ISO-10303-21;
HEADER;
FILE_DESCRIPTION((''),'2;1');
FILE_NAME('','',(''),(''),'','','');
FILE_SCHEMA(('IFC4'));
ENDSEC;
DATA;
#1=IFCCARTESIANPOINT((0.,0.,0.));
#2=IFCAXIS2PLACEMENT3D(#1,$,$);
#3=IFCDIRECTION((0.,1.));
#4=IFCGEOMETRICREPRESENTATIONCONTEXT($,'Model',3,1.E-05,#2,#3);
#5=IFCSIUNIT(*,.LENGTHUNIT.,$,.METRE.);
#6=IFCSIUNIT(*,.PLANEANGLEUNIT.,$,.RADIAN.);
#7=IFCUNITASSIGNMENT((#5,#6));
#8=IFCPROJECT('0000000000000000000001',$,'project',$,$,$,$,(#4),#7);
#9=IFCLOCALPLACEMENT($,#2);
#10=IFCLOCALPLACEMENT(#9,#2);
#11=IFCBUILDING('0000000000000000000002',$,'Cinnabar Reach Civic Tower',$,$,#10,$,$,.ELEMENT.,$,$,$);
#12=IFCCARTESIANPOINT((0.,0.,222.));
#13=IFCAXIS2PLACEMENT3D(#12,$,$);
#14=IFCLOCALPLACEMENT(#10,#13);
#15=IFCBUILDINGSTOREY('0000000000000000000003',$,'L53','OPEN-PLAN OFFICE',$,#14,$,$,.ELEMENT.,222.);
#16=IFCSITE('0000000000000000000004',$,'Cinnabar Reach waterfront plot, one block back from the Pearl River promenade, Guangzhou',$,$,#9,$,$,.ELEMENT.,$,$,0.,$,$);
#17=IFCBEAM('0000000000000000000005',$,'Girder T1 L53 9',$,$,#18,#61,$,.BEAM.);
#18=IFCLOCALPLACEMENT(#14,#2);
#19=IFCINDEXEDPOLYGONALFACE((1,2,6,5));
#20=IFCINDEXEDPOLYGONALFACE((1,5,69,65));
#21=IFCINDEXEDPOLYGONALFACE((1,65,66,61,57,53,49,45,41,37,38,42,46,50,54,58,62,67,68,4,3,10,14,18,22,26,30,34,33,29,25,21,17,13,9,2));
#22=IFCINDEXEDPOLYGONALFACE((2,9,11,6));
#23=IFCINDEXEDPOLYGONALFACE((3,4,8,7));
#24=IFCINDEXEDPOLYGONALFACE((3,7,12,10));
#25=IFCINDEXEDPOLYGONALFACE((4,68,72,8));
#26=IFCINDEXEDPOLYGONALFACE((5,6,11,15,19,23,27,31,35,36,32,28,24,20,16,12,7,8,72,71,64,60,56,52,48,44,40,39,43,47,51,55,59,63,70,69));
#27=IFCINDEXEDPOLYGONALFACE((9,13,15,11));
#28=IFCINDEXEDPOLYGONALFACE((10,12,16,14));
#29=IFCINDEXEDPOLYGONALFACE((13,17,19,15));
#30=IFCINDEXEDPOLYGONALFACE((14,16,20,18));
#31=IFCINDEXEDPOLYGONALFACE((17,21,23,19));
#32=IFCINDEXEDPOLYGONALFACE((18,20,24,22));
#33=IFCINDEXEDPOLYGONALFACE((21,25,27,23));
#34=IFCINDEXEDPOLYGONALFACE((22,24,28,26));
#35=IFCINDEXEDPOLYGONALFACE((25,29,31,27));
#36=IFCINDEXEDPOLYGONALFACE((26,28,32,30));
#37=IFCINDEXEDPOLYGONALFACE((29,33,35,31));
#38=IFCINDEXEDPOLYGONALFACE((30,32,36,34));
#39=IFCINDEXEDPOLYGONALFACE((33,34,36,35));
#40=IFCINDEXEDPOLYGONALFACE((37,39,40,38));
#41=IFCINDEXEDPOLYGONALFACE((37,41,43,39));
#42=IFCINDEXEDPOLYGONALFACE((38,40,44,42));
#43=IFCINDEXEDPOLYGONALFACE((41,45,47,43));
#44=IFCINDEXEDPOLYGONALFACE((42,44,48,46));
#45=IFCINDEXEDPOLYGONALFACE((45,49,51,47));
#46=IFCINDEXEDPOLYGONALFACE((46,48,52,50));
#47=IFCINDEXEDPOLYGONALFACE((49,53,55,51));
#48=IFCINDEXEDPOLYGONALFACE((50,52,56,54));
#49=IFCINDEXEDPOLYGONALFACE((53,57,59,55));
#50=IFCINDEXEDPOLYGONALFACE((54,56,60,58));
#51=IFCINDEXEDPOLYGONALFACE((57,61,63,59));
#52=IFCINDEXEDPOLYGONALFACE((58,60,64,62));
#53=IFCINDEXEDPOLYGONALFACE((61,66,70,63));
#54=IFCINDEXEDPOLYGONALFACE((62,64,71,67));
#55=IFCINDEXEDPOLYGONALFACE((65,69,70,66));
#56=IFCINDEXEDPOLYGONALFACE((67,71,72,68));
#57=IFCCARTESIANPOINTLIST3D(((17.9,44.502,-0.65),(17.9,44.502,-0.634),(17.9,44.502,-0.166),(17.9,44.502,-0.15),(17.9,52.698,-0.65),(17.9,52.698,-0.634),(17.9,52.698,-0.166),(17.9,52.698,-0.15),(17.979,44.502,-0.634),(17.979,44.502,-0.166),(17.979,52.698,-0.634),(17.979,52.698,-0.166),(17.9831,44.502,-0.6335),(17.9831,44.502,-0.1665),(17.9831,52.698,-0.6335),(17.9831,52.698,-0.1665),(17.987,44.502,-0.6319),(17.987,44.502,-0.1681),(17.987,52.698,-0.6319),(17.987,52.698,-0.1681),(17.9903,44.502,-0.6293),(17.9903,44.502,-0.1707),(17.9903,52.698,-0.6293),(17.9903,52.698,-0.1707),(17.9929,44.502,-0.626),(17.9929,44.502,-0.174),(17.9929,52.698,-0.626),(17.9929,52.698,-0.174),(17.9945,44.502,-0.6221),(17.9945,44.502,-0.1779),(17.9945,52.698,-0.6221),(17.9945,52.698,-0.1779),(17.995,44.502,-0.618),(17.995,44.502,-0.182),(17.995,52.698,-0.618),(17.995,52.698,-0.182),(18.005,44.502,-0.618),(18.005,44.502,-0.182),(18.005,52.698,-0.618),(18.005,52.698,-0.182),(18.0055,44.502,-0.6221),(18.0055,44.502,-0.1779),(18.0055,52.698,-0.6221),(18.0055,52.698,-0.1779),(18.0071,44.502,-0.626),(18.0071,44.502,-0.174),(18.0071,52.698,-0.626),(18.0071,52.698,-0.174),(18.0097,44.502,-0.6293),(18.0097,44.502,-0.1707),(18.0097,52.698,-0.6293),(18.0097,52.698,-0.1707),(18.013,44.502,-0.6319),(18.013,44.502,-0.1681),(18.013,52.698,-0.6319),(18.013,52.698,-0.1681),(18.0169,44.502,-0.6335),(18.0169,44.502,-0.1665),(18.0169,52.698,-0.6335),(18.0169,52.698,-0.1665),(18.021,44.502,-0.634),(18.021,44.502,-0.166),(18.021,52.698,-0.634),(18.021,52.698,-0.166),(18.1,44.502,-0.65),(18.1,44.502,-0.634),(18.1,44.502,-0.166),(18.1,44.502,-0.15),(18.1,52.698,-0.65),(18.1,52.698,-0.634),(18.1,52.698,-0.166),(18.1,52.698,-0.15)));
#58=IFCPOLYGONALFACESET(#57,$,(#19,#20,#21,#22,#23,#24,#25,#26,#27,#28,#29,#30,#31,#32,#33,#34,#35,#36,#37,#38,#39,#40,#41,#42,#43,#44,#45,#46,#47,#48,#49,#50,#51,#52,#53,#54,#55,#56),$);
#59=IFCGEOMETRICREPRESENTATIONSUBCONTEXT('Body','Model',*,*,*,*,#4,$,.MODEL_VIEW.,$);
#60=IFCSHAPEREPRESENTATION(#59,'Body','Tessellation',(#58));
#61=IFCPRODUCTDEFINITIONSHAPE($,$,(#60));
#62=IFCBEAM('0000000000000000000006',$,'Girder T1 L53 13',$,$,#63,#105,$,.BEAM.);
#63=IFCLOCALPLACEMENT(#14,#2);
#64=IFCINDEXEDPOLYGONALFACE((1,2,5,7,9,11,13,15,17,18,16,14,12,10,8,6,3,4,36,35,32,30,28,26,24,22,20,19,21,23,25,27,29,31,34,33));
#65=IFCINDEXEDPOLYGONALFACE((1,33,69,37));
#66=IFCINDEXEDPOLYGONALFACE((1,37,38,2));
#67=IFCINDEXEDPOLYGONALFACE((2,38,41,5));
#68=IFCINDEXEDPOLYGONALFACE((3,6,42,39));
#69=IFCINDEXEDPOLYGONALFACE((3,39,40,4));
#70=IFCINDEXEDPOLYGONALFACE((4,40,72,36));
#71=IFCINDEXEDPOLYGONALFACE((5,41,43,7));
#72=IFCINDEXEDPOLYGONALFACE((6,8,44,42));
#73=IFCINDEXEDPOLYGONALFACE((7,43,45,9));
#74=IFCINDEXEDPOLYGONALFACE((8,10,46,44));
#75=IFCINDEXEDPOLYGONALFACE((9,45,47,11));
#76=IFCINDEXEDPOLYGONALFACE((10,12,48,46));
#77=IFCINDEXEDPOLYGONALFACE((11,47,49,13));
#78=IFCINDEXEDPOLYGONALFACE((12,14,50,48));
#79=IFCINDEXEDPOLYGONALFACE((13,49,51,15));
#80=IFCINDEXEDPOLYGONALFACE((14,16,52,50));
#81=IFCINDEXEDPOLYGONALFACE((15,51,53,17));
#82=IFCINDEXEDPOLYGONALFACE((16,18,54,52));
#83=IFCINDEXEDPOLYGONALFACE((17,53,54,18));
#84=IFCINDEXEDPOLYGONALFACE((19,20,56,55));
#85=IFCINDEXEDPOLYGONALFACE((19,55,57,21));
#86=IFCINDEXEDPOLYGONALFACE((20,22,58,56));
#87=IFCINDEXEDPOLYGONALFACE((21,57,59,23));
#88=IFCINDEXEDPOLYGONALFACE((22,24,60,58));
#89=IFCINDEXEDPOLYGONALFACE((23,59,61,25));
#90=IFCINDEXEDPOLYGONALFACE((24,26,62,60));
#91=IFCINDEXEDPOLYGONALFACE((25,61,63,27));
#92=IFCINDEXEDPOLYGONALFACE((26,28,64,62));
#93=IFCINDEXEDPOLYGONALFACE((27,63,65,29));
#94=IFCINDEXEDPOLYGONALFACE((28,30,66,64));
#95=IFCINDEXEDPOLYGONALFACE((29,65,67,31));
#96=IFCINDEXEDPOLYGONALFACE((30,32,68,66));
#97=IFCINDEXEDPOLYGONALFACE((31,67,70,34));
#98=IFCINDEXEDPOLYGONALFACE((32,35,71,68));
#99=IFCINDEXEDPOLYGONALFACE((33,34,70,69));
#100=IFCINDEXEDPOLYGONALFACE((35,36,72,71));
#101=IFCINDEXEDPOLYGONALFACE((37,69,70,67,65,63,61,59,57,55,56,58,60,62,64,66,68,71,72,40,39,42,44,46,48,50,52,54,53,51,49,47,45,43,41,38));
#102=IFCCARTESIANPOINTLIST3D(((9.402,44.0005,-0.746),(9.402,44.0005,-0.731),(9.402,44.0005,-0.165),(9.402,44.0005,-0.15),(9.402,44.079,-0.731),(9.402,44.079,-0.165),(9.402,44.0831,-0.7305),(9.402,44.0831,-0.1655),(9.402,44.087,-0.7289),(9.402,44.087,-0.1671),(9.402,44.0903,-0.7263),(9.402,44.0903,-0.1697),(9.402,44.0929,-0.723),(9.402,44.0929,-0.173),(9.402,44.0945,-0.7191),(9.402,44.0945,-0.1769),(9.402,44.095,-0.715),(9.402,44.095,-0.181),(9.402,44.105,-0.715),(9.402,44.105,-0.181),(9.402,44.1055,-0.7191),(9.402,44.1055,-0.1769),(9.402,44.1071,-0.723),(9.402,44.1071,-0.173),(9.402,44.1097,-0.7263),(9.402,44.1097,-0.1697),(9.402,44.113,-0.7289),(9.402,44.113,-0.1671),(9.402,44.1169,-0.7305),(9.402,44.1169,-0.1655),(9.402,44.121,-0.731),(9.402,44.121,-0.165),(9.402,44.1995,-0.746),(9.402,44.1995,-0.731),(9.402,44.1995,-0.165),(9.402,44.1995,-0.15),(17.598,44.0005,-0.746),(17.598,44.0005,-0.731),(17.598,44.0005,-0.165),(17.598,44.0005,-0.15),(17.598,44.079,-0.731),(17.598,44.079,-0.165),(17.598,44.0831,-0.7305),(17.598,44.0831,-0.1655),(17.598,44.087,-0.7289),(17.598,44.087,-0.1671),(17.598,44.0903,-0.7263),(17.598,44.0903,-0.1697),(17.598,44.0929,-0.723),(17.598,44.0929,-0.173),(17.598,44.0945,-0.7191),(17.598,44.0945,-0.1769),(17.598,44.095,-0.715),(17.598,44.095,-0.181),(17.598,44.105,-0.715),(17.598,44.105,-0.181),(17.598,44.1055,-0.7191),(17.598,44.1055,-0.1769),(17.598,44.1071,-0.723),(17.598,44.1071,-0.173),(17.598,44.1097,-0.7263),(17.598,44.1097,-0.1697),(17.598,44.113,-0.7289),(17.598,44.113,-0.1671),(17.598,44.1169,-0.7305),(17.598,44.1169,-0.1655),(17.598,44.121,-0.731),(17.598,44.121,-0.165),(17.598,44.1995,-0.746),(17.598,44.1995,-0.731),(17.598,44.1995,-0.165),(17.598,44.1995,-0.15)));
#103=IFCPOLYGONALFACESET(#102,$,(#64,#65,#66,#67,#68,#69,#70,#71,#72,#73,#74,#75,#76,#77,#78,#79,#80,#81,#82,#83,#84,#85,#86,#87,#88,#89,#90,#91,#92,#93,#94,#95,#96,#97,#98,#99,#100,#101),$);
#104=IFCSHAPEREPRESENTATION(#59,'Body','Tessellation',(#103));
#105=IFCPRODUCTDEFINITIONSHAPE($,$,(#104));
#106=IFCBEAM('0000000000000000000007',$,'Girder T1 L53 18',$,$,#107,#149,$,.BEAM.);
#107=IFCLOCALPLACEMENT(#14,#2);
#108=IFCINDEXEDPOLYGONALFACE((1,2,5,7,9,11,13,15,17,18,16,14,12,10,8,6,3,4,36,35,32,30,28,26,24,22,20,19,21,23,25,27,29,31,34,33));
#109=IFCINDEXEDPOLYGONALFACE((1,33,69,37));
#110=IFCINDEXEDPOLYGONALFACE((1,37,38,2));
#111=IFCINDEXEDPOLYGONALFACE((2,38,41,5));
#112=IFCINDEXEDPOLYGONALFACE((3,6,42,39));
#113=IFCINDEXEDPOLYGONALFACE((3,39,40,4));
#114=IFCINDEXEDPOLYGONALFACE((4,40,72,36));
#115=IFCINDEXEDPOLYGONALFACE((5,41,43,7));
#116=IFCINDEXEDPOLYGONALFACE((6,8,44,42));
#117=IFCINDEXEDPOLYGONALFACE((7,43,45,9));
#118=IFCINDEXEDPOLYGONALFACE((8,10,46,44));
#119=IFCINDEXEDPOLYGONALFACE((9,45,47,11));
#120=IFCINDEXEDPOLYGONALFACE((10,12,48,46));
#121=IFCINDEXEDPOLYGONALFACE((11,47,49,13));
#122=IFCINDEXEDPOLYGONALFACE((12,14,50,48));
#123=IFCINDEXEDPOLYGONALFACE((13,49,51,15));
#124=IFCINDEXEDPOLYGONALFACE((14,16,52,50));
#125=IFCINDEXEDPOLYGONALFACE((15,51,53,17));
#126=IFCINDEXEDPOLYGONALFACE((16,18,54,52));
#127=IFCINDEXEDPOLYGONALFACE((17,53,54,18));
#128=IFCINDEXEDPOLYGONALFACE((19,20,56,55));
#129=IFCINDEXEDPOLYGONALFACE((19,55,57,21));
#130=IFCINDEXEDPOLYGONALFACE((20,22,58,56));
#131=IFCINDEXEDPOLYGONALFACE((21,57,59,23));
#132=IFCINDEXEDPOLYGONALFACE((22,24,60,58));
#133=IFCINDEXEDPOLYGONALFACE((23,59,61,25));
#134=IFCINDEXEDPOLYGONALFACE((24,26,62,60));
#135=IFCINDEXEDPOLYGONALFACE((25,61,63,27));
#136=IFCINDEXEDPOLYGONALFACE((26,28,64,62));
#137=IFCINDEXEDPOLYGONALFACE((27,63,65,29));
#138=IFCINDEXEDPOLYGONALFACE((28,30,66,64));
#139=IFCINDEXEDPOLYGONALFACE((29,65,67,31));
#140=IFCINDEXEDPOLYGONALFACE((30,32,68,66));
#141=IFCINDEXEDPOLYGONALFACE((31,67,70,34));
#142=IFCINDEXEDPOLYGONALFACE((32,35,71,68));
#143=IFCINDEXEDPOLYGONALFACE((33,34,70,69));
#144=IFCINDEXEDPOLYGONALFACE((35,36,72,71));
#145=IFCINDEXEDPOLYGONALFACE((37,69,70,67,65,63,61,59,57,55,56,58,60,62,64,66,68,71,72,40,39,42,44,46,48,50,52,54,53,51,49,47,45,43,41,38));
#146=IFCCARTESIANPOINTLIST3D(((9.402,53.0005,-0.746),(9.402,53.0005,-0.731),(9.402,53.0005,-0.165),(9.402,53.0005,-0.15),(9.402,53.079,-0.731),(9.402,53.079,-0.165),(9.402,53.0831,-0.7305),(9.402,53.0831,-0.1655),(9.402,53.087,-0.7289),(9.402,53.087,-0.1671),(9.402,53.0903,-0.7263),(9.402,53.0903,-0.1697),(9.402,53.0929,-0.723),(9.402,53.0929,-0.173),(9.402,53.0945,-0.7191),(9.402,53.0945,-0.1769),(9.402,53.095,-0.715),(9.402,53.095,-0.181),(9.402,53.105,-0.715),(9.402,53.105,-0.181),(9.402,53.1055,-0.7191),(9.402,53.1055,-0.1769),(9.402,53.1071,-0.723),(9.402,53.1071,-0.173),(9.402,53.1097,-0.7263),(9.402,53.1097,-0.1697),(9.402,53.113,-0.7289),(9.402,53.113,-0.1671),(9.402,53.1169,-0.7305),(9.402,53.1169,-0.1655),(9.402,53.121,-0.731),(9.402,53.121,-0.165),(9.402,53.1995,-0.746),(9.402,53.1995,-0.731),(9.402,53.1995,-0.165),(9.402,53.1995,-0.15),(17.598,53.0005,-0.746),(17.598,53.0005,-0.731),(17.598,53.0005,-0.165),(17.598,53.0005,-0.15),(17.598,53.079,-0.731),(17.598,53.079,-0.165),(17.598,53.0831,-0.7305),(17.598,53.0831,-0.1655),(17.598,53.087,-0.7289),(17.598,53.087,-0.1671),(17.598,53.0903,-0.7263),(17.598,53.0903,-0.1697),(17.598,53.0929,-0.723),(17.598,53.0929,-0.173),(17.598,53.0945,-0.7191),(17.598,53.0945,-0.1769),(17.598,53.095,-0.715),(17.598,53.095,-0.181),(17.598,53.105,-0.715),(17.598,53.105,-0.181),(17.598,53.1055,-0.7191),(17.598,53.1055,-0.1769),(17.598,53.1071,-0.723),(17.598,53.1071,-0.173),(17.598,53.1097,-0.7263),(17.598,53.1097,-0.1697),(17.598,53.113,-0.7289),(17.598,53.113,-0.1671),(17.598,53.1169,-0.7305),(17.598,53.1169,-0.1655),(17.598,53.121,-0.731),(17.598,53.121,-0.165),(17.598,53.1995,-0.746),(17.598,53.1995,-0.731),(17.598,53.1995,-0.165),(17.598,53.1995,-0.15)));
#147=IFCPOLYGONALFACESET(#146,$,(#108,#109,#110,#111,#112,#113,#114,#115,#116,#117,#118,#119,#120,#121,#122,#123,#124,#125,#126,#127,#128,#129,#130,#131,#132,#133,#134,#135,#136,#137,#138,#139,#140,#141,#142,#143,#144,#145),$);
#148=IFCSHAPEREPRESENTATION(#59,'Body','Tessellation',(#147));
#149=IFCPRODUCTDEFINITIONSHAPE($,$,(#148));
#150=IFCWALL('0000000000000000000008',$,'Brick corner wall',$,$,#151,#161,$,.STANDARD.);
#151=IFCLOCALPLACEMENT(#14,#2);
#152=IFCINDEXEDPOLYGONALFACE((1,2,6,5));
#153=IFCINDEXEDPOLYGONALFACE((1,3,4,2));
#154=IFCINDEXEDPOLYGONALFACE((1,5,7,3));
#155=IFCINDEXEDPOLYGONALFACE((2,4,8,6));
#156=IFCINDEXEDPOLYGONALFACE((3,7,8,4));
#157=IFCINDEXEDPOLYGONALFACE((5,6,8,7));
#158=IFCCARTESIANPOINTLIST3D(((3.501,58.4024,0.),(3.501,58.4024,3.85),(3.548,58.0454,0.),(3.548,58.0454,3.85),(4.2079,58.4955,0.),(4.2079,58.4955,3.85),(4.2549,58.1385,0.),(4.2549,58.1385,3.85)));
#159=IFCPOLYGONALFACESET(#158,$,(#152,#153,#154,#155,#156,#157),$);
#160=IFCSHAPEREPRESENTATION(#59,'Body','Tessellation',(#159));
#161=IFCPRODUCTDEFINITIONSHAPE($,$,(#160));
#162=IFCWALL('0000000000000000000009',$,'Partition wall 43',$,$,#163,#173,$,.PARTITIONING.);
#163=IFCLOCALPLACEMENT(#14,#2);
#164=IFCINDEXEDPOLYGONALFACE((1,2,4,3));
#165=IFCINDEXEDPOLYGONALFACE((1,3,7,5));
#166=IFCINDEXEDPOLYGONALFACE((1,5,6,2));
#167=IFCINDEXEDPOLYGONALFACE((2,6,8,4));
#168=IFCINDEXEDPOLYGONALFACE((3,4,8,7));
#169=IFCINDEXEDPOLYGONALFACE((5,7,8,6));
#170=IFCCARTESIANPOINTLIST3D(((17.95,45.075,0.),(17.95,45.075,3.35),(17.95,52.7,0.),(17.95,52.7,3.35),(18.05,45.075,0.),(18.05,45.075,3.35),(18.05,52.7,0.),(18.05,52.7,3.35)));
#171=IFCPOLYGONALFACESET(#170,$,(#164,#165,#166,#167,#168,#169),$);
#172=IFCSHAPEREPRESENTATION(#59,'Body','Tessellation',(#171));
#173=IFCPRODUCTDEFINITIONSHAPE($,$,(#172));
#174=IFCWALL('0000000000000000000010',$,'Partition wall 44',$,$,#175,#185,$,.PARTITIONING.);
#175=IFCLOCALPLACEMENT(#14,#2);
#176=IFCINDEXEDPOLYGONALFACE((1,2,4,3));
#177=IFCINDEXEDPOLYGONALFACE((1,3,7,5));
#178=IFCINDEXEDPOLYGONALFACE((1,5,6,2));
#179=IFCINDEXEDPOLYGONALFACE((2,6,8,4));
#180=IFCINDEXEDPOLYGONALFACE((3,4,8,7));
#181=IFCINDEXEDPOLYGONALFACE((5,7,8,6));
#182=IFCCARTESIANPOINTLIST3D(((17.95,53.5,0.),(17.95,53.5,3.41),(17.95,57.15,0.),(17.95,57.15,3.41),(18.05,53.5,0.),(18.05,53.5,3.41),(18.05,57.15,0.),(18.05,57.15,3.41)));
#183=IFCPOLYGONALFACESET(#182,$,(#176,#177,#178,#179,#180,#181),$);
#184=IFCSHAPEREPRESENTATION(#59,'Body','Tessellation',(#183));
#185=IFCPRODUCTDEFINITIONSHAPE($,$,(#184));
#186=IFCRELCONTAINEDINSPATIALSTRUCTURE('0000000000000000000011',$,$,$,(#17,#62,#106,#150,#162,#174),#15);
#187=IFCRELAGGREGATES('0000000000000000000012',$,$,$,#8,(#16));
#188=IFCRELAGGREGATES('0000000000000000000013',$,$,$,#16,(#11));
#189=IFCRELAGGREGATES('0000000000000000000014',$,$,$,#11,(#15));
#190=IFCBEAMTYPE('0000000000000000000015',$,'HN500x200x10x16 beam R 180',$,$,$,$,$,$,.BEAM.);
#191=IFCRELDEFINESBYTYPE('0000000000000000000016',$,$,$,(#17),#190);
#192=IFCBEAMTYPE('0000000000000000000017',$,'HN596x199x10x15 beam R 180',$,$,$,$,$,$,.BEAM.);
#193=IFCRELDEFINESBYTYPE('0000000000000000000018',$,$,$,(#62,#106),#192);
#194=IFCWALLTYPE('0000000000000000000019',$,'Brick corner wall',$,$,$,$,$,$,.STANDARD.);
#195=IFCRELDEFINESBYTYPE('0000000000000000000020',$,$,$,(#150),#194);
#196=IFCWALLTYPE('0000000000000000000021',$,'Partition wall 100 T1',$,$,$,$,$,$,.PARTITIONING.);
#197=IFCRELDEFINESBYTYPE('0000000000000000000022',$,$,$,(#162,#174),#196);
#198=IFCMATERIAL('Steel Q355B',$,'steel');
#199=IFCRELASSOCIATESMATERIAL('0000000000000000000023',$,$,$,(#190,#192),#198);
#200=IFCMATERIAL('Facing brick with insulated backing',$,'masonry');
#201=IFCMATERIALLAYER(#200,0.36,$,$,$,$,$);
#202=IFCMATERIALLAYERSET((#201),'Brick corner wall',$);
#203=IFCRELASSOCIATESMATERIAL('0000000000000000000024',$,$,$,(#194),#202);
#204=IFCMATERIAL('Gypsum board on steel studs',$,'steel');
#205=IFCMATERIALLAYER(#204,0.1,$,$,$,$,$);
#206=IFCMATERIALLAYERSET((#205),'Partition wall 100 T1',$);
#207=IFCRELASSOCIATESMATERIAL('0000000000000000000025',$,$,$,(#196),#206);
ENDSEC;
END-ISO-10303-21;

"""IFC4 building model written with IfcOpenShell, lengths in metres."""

from ifc_helpers import new_model, si_unit, direction, frame, frame_2d, origin, origin_2d, place, context, subcontext, project, spatial, rectangle, i_section, extrude, material, layer, layer_set, material_profile, profile_set, type_object, element, save


model = new_model("IFC4")

# Units and contexts
model_context = context("Model", 3, precision=1e-05, world=origin(), true_north=direction((0.0, 1.0)))
body_context = subcontext(model_context, "Body", "Model", "MODEL_VIEW")
ifc_project = project(units=[si_unit("LENGTHUNIT", "METRE"), si_unit("PLANEANGLEUNIT", "RADIAN")], contexts=[model_context])

# Site, building, storey
site_placement = place(None, origin())
site = spatial("IfcSite", under=ifc_project, at=site_placement, Name="Cinnabar Reach waterfront plot, one block back from the Pearl River promenade, Guangzhou", CompositionType="ELEMENT", RefElevation=0.0)
building_placement = place(site_placement, origin())
building = spatial("IfcBuilding", under=site, at=building_placement, Name="Cinnabar Reach Civic Tower", CompositionType="ELEMENT")
storey_placement = place(building_placement, frame((0.0, 0.0, 222.0)))
storey = spatial("IfcBuildingStorey", under=building, at=storey_placement, Name="L53", Description="OPEN-PLAN OFFICE", CompositionType="ELEMENT", Elevation=222.0)

# Beams
ifc_material_1 = material(Name="Steel Q355B", Category="steel")
ifc_material_profile_1 = material_profile(ifc_material_1, i_section(OverallWidth=0.2, OverallDepth=0.5, WebThickness=0.01, FlangeThickness=0.016, FilletRadius=0.016, at=origin_2d()), Name="HN500x200x10x16")
ifc_profile_set_1 = profile_set([ifc_material_profile_1], Name="Steel Q355B")
beam_type_1 = type_object("IfcBeamType", Name="HN500x200x10x16 beam R 180", PredefinedType="BEAM", material=ifc_profile_set_1)
for number, where, z_axis, x_axis, name in (
    (1, (18.0, 44.502, -0.4), (0.0, 1.0, 0.0), (-1.0, 0.0, 0.0), "Girder T1 L53 9"),
):
    element("IfcBeam", number, at=place(storey_placement, frame(where, z_axis=z_axis, x_axis=x_axis)), inside=storey, type_object=beam_type_1, Name=name, PredefinedType="BEAM", context=body_context, shape_type="SweptSolid", body=[
        extrude(i_section(OverallWidth=0.2, OverallDepth=0.5, WebThickness=0.01, FlangeThickness=0.016, FilletRadius=0.016, at=origin_2d()), origin(), (0.0, 0.0, 1.0), 8.196),
    ])
ifc_material_profile_2 = material_profile(ifc_material_1, i_section(OverallWidth=0.199, OverallDepth=0.596, WebThickness=0.01, FlangeThickness=0.015, FilletRadius=0.016, at=origin_2d()), Name="HN596x199x10x15")
ifc_profile_set_2 = profile_set([ifc_material_profile_2], Name="Steel Q355B")
beam_type_2 = type_object("IfcBeamType", Name="HN596x199x10x15 beam R 180", PredefinedType="BEAM", material=ifc_profile_set_2)
for number, where, z_axis, x_axis, name in (
    (2, (9.402, 44.1, -0.448), (1.0, 0.0, 0.0), (0.0, 1.0, 0.0), "Girder T1 L53 13"),
    (3, (9.402, 53.1, -0.448), (1.0, 0.0, 0.0), (0.0, 1.0, 0.0), "Girder T1 L53 18"),
):
    element("IfcBeam", number, at=place(storey_placement, frame(where, z_axis=z_axis, x_axis=x_axis)), inside=storey, type_object=beam_type_2, Name=name, PredefinedType="BEAM", context=body_context, shape_type="SweptSolid", body=[
        extrude(i_section(OverallWidth=0.199, OverallDepth=0.596, WebThickness=0.01, FlangeThickness=0.015, FilletRadius=0.016, at=origin_2d()), origin(), (0.0, 0.0, 1.0), 8.196),
    ])

# Walls
ifc_material_2 = material(Name="Facing brick with insulated backing", Category="masonry")
ifc_layer_1 = layer(ifc_material_2, 0.36)
ifc_layer_set_1 = layer_set([ifc_layer_1], Name="Brick corner wall")
wall_type_1 = type_object("IfcWallType", Name="Brick corner wall", PredefinedType="STANDARD", material=ifc_layer_set_1)
wall_1_placement = place(storey_placement, frame((4.2314, 58.317, 0.0), z_axis=(0.0, 0.0, 1.0), x_axis=(-0.991441, -0.130556, 0.0)))
element("IfcWall", 4, at=wall_1_placement, inside=storey, type_object=wall_type_1, Name="Brick corner wall", PredefinedType="STANDARD", context=body_context, shape_type="SweptSolid", body=[
    extrude(rectangle(XDim=0.7131, YDim=0.36, at=frame_2d((0.3565, 0.0))), origin(), (0.0, 0.0, 1.0), 3.85),
])
ifc_material_3 = material(Name="Gypsum board on steel studs", Category="steel")
ifc_layer_2 = layer(ifc_material_3, 0.1)
ifc_layer_set_2 = layer_set([ifc_layer_2], Name="Partition wall 100 T1")
wall_type_2 = type_object("IfcWallType", Name="Partition wall 100 T1", PredefinedType="PARTITIONING", material=ifc_layer_set_2)
wall_2_placement = place(storey_placement, frame((18.0, 45.075, 0.0), z_axis=(0.0, 0.0, 1.0), x_axis=(0.0, 1.0, 0.0)))
element("IfcWall", 5, at=wall_2_placement, inside=storey, type_object=wall_type_2, Name="Partition wall 43", PredefinedType="PARTITIONING", context=body_context, shape_type="SweptSolid", body=[
    extrude(rectangle(XDim=7.625, YDim=0.1, at=frame_2d((3.8125, 0.0))), origin(), (0.0, 0.0, 1.0), 3.35),
])
wall_3_placement = place(storey_placement, frame((18.0, 53.5, 0.0), z_axis=(0.0, 0.0, 1.0), x_axis=(0.0, 1.0, 0.0)))
element("IfcWall", 6, at=wall_3_placement, inside=storey, type_object=wall_type_2, Name="Partition wall 44", PredefinedType="PARTITIONING", context=body_context, shape_type="SweptSolid", body=[
    extrude(rectangle(XDim=3.65, YDim=0.1, at=frame_2d((1.825, 0.0))), origin(), (0.0, 0.0, 1.0), 3.41),
])

save(model, "model.ifc")
